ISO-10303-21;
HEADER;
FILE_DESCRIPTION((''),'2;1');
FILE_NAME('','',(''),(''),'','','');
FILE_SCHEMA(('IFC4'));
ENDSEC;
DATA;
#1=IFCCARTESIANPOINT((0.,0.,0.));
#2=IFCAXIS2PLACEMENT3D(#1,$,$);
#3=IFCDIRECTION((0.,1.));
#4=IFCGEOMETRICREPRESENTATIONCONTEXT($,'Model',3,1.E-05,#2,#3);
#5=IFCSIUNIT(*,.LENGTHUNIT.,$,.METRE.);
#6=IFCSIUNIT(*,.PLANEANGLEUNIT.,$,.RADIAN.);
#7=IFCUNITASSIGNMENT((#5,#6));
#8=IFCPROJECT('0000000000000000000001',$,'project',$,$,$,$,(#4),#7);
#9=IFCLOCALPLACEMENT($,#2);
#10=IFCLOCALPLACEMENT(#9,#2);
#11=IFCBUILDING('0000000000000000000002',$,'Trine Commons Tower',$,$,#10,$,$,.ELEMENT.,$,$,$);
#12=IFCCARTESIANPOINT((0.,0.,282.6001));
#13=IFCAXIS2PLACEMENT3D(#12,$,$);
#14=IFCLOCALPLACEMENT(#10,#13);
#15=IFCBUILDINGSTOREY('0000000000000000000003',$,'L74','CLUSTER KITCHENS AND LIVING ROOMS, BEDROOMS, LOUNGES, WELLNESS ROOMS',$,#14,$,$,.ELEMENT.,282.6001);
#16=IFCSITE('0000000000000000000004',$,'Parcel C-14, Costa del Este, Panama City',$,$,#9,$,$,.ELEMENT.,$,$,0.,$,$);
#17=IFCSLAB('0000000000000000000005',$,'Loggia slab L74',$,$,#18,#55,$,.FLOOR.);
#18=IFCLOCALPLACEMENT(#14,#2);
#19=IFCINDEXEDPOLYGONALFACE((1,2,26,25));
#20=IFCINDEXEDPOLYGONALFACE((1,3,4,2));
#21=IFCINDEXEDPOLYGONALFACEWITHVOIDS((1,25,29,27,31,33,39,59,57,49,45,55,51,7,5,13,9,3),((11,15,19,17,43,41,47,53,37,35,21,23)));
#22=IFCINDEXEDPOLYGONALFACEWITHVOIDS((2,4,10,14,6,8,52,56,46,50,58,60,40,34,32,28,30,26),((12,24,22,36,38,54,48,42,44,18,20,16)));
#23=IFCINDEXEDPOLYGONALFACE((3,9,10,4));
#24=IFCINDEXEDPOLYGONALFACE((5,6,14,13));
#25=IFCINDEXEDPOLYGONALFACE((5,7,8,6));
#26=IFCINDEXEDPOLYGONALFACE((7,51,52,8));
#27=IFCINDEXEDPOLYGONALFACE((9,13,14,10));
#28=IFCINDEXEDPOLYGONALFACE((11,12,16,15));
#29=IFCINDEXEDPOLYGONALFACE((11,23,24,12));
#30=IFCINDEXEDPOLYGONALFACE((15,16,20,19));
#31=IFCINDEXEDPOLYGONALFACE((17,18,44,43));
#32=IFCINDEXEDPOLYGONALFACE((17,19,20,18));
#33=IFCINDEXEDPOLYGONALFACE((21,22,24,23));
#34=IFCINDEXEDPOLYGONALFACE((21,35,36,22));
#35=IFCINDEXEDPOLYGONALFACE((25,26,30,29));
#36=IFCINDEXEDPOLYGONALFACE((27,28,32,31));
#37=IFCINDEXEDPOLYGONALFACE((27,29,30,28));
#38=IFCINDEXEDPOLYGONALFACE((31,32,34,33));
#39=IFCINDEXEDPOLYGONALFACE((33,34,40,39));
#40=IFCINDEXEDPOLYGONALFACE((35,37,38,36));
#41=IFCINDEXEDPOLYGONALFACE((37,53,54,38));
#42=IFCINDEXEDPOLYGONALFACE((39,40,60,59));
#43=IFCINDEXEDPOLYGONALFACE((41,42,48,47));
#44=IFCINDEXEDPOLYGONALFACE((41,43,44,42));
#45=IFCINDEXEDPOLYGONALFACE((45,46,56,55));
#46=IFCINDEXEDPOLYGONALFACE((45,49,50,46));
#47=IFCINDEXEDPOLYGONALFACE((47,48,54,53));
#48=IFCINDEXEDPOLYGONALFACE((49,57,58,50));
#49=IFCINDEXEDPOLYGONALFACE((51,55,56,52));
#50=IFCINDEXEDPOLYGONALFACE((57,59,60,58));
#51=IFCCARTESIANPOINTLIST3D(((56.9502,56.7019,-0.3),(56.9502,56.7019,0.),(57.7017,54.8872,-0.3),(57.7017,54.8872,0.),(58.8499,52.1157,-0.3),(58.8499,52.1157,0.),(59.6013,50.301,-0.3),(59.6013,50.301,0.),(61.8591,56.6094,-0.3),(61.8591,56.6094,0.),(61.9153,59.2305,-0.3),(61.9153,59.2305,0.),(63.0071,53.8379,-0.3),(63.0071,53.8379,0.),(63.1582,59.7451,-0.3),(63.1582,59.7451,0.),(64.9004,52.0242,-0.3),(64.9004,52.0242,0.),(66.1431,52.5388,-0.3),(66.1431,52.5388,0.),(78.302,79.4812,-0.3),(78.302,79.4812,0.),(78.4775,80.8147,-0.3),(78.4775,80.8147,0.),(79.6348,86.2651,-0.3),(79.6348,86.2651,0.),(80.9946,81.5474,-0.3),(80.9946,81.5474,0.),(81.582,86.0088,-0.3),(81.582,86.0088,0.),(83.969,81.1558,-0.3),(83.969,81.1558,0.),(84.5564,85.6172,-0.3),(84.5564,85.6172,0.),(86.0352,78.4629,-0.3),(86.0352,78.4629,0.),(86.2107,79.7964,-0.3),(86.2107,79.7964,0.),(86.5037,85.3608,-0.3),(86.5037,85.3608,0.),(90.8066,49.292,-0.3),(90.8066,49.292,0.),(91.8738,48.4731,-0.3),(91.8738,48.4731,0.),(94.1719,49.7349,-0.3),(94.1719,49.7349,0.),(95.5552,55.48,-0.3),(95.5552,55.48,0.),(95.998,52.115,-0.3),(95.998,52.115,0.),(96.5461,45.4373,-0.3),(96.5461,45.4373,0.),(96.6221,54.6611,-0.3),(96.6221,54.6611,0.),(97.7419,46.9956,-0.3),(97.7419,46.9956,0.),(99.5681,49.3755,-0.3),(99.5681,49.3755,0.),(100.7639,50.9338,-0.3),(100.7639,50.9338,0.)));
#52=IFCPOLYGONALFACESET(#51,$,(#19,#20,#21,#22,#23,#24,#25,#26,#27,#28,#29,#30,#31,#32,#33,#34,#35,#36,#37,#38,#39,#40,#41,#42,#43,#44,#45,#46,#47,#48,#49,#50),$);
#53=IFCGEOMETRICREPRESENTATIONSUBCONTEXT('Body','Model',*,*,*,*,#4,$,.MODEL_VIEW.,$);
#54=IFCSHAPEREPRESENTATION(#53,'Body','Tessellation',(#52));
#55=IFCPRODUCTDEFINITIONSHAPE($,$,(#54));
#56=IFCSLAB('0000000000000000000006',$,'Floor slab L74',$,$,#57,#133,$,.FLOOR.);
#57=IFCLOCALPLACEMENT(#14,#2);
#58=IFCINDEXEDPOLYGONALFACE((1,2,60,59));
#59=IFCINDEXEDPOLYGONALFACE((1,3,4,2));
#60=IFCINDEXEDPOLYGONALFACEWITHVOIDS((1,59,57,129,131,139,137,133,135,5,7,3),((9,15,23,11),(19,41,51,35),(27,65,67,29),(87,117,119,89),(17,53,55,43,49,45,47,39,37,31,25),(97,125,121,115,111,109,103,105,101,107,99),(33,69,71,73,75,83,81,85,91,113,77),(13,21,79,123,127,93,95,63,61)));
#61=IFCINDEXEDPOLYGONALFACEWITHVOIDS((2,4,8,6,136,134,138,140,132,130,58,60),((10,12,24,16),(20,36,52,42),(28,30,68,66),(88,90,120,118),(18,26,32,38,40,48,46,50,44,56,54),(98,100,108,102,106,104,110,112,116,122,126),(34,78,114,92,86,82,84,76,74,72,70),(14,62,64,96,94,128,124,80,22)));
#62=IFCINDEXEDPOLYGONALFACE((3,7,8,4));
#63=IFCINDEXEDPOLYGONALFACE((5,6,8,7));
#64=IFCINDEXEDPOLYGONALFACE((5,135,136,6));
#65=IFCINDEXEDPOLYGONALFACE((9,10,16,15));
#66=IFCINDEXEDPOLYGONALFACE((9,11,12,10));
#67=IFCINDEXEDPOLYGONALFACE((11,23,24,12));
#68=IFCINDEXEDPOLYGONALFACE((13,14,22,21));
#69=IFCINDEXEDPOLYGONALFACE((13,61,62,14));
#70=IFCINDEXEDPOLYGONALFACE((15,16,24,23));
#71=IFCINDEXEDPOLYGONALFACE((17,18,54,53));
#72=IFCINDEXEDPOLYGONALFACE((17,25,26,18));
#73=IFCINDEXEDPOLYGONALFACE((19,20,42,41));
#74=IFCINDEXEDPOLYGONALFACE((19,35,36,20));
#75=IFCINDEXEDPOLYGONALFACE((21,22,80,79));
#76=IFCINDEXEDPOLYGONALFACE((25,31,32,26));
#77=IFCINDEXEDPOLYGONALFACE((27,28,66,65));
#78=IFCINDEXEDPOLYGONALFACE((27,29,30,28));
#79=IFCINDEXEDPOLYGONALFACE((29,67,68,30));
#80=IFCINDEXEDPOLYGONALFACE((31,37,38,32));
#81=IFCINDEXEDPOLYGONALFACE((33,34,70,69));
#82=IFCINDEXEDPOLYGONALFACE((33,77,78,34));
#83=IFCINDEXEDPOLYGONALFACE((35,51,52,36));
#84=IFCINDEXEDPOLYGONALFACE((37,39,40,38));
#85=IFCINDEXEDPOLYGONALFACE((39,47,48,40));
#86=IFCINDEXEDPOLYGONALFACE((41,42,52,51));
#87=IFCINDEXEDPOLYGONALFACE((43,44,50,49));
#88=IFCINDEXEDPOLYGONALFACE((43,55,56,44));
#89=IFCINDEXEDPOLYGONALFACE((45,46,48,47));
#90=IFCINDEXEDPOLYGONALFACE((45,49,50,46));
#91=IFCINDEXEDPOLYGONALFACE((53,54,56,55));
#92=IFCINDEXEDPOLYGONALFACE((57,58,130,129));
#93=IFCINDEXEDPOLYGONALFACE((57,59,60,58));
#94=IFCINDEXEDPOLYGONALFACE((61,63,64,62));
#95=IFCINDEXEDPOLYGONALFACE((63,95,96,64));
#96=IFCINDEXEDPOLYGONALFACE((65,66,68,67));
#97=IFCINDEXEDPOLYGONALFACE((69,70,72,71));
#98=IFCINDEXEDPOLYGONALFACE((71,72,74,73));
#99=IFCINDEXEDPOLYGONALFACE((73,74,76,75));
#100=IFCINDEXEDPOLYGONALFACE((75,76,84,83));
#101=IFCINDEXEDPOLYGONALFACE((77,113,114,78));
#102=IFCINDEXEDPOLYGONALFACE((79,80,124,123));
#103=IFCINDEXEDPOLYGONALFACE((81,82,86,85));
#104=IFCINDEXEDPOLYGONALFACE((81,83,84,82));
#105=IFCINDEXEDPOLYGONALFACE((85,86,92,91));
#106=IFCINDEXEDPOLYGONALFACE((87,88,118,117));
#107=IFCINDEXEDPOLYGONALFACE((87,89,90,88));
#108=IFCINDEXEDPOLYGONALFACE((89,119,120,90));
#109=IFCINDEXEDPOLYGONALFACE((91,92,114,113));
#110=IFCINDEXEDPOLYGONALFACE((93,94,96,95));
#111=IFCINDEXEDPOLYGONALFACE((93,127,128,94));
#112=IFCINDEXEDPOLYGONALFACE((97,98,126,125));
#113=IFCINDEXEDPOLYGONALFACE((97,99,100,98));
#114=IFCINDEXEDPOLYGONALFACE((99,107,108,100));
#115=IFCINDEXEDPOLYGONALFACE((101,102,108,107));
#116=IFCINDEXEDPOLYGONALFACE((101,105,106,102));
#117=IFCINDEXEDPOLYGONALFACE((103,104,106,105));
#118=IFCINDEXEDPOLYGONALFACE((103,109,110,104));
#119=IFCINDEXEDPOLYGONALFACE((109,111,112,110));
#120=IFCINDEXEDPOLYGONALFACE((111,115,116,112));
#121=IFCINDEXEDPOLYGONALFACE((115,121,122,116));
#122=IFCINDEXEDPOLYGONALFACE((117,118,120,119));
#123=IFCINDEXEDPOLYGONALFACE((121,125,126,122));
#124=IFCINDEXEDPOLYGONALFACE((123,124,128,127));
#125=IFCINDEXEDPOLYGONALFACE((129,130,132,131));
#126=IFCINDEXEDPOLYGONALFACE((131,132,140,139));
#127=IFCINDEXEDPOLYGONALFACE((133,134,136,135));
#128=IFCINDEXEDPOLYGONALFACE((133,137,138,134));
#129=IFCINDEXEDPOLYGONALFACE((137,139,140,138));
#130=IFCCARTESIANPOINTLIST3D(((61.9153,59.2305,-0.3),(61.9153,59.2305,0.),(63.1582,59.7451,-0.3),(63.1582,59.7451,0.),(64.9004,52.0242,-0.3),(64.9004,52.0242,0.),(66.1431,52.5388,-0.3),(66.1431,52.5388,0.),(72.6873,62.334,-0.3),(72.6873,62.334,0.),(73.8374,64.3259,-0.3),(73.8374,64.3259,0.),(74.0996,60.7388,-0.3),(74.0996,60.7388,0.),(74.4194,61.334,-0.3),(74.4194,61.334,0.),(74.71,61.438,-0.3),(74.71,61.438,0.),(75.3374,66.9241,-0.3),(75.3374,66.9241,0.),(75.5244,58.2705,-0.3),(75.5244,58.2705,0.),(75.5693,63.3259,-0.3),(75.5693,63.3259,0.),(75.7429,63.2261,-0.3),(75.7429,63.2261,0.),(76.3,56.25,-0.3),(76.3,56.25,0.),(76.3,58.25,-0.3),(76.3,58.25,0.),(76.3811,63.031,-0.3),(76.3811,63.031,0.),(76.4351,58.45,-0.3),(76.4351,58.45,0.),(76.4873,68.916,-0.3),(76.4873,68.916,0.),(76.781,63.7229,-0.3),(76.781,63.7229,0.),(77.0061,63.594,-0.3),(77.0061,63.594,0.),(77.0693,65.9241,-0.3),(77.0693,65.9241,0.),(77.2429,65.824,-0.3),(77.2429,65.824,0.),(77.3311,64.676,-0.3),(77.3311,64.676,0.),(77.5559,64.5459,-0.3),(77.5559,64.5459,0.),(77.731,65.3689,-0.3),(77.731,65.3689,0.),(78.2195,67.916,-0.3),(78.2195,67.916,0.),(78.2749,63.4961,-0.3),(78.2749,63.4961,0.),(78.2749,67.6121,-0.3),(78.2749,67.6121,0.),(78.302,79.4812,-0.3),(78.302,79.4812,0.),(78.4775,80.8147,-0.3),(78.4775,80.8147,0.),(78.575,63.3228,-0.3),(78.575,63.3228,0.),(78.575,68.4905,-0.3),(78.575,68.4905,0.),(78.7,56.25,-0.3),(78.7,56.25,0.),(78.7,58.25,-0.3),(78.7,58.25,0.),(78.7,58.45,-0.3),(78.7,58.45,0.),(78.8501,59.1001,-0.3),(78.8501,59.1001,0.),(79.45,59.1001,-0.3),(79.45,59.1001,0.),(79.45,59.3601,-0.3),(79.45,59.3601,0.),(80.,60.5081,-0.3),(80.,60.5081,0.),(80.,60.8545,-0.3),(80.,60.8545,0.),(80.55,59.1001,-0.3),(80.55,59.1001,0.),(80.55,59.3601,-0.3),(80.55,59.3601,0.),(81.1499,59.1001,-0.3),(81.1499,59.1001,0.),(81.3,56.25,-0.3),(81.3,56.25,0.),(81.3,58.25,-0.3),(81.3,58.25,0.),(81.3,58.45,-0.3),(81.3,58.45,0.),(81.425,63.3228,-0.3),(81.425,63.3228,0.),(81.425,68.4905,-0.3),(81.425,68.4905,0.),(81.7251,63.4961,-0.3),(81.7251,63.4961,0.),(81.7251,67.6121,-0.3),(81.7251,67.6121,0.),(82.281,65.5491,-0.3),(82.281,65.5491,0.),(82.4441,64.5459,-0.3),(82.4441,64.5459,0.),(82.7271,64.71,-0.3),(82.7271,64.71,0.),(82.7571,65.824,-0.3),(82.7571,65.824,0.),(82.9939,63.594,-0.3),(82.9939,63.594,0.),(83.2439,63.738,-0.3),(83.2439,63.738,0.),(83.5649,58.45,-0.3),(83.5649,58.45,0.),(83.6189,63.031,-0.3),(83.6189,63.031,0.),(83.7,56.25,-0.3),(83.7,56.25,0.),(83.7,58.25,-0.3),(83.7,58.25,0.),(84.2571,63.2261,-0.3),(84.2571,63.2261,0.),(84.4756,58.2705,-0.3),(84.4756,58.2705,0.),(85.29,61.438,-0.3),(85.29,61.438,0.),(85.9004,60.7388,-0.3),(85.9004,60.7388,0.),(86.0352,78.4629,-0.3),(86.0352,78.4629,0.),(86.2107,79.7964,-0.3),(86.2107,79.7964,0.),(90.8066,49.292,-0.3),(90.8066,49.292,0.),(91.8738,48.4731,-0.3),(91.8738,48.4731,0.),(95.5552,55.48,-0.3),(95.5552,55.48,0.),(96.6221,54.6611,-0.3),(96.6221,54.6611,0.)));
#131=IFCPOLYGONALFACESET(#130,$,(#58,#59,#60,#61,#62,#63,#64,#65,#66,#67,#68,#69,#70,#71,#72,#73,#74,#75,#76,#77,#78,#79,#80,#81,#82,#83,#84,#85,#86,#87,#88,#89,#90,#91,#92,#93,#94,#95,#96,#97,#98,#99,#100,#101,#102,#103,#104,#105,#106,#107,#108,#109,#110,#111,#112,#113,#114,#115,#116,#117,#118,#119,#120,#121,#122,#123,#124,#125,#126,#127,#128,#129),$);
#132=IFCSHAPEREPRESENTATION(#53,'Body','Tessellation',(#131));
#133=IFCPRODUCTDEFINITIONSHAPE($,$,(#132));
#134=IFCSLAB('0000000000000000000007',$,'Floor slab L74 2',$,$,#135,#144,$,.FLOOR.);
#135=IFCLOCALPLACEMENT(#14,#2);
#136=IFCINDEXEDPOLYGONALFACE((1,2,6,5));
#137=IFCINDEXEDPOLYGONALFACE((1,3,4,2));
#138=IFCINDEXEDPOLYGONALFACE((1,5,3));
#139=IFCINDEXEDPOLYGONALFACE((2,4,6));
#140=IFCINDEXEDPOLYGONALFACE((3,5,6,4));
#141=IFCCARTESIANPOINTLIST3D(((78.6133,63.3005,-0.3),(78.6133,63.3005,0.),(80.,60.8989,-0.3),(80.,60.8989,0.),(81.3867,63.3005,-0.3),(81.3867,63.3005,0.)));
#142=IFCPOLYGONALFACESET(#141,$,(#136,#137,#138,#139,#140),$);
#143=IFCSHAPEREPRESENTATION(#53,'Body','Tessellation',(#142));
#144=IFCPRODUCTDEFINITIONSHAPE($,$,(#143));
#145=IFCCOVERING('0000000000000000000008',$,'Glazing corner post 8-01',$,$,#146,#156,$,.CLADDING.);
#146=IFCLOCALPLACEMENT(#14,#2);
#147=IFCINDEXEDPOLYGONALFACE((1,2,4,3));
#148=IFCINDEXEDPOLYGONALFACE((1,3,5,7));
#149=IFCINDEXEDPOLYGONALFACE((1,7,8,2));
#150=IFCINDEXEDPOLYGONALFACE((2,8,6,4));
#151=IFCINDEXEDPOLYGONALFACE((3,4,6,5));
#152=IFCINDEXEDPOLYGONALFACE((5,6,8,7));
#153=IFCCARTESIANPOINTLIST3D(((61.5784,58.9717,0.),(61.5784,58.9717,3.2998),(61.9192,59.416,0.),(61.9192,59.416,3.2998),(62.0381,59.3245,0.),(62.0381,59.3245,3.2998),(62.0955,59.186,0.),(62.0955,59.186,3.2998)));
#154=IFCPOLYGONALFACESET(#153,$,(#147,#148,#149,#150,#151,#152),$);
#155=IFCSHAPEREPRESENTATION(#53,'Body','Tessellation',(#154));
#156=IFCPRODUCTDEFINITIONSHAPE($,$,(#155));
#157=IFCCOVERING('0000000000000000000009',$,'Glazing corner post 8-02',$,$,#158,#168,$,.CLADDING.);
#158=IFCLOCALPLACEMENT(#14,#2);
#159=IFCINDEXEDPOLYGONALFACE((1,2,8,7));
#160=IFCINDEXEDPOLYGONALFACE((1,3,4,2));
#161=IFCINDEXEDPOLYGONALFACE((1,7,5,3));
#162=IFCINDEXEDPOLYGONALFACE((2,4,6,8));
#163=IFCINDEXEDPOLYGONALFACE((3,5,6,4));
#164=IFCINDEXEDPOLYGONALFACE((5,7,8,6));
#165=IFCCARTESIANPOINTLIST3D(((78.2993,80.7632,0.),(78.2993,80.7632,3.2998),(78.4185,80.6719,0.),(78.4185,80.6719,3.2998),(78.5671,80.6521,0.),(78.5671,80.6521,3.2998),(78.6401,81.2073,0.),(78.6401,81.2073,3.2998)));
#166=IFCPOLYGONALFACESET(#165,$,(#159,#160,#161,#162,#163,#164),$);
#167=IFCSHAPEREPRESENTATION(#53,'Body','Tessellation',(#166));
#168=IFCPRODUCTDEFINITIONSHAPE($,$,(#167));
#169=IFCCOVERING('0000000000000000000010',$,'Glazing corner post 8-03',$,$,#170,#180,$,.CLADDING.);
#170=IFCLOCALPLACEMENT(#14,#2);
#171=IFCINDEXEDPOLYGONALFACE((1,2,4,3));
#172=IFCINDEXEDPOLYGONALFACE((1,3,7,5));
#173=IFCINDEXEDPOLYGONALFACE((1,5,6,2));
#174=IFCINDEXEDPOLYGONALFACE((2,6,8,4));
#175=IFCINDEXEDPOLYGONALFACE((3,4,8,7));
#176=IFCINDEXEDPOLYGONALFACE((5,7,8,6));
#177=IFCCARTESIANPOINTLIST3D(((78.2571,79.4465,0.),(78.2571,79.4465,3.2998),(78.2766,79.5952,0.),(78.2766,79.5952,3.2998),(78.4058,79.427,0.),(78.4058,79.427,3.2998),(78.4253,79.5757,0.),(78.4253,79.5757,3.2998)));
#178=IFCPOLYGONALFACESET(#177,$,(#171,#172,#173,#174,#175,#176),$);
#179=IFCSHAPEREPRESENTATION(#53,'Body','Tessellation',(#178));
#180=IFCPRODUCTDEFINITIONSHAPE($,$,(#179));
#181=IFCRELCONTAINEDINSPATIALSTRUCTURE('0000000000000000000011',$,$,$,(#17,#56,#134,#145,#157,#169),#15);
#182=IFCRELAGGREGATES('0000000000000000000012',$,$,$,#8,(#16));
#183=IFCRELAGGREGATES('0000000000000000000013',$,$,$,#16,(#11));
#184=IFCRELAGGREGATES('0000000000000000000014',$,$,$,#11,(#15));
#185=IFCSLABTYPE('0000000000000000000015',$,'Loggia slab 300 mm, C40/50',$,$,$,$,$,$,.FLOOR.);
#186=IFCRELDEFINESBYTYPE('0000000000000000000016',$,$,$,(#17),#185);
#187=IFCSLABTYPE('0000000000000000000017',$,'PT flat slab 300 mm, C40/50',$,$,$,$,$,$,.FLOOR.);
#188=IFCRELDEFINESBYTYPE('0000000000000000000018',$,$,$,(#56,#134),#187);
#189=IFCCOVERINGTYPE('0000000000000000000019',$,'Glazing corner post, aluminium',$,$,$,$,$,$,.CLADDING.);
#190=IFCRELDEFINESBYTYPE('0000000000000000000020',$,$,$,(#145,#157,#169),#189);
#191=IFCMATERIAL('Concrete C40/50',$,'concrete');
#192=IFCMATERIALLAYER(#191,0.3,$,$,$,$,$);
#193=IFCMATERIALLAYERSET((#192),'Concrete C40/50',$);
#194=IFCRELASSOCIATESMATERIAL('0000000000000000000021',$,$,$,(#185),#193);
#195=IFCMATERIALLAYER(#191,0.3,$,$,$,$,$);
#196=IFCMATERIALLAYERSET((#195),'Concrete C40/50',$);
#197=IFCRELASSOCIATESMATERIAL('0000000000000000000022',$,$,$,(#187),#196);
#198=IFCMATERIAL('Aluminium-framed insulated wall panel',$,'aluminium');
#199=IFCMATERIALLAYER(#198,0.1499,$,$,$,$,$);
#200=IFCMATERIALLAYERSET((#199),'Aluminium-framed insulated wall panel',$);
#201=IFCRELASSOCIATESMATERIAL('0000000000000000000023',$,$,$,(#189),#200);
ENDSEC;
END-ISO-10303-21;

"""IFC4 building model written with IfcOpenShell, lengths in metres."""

from ifc_helpers import new_model, si_unit, direction, frame, origin, place, context, subcontext, project, spatial, polyline, outline, extrude, material, layer, layer_set, type_object, element, save


model = new_model("IFC4")

# Units and contexts
model_context = context("Model", 3, precision=1e-05, world=origin(), true_north=direction((0.0, 1.0)))
body_context = subcontext(model_context, "Body", "Model", "MODEL_VIEW")
ifc_project = project(units=[si_unit("LENGTHUNIT", "METRE"), si_unit("PLANEANGLEUNIT", "RADIAN")], contexts=[model_context])

# Site, building, storey
site_placement = place(None, origin())
site = spatial("IfcSite", under=ifc_project, at=site_placement, Name="Parcel C-14, Costa del Este, Panama City", CompositionType="ELEMENT", RefElevation=0.0)
building_placement = place(site_placement, origin())
building = spatial("IfcBuilding", under=site, at=building_placement, Name="Trine Commons Tower", CompositionType="ELEMENT")
storey_placement = place(building_placement, frame((0.0, 0.0, 282.6001)))
storey = spatial("IfcBuildingStorey", under=building, at=storey_placement, Name="L74", Description="CLUSTER KITCHENS AND LIVING ROOMS, BEDROOMS, LOUNGES, WELLNESS ROOMS", CompositionType="ELEMENT", Elevation=282.6001)

# Slabs
ifc_material_1 = material(Name="Concrete C40/50", Category="concrete")
ifc_layer_1 = layer(ifc_material_1, 0.3)
ifc_layer_set_1 = layer_set([ifc_layer_1], Name="Concrete C40/50")
slab_type_1 = type_object("IfcSlabType", Name="Loggia slab 300 mm, C40/50", PredefinedType="FLOOR", material=ifc_layer_set_1)
slab_1_placement = place(storey_placement, frame((0.0, 0.0, -0.3)))
element("IfcSlab", 1, at=slab_1_placement, inside=storey, type_object=slab_type_1, Name="Loggia slab L74", PredefinedType="FLOOR", context=body_context, shape_type="SweptSolid", body=[
    extrude(outline(polyline([(100.7639, 50.9338), (86.5037, 85.3608), (84.5564, 85.6172), (83.969, 81.1558), (80.9946, 81.5474), (81.582, 86.0088), (79.6348, 86.2651), (56.9502, 56.7019), (57.7017, 54.8872), (61.8591, 56.6094), (63.0071, 53.8379), (58.8499, 52.1157), (59.6013, 50.301), (96.5461, 45.4373), (97.7419, 46.9956), (94.1719, 49.7349), (95.998, 52.115), (99.5681, 49.3755), (100.7639, 50.9338)]), holes=[polyline([(63.1582, 59.7451), (66.1431, 52.5388), (64.9004, 52.0242), (91.8738, 48.4731), (90.8066, 49.292), (95.5552, 55.48), (96.6221, 54.6611), (86.2107, 79.7964), (86.0352, 78.4629), (78.302, 79.4812), (78.4775, 80.8147), (61.9153, 59.2305), (63.1582, 59.7451)])]), origin(), (0.0, 0.0, 1.0), 0.3),
])
ifc_layer_2 = layer(ifc_material_1, 0.3)
ifc_layer_set_2 = layer_set([ifc_layer_2], Name="Concrete C40/50")
slab_type_2 = type_object("IfcSlabType", Name="PT flat slab 300 mm, C40/50", PredefinedType="FLOOR", material=ifc_layer_set_2)
slab_2_placement = place(storey_placement, frame((0.0, 0.0, -0.3)))
element("IfcSlab", 2, at=slab_2_placement, inside=storey, type_object=slab_type_2, Name="Floor slab L74", PredefinedType="FLOOR", context=body_context, shape_type="SweptSolid", body=[
    extrude(outline(polyline([(61.9153, 59.2305), (63.1582, 59.7451), (66.1431, 52.5388), (64.9004, 52.0242), (91.8738, 48.4731), (90.8066, 49.292), (95.5552, 55.48), (96.6221, 54.6611), (86.2107, 79.7964), (86.0352, 78.4629), (78.302, 79.4812), (78.4775, 80.8147), (61.9153, 59.2305)]), holes=[polyline([(78.7, 56.25), (78.7, 58.25), (76.3, 58.25), (76.3, 56.25), (78.7, 56.25)]), polyline([(83.7, 56.25), (83.7, 58.25), (81.3, 58.25), (81.3, 56.25), (83.7, 56.25)]), polyline([(81.3, 58.45), (83.5649, 58.45), (80.0, 60.5081), (76.4351, 58.45), (78.7, 58.45), (78.8501, 59.1001), (79.45, 59.1001), (79.45, 59.3601), (80.55, 59.3601), (80.55, 59.1001), (81.1499, 59.1001), (81.3, 58.45)]), polyline([(81.425, 63.3228), (81.425, 68.4905), (78.575, 68.4905), (78.575, 63.3228), (74.0996, 60.7388), (75.5244, 58.2705), (80.0, 60.8545), (84.4756, 58.2705), (85.9004, 60.7388), (81.425, 63.3228)]), polyline([(72.6873, 62.334), (74.4194, 61.334), (75.5693, 63.3259), (73.8374, 64.3259), (72.6873, 62.334)]), polyline([(76.3811, 63.031), (75.7429, 63.2261), (74.71, 61.438), (78.2749, 63.4961), (78.2749, 67.6121), (77.2429, 65.824), (77.731, 65.3689), (77.3311, 64.676), (77.5559, 64.5459), (77.0061, 63.594), (76.781, 63.7229), (76.3811, 63.031)]), polyline([(82.9939, 63.594), (82.4441, 64.5459), (82.7271, 64.71), (82.281, 65.5491), (82.7571, 65.824), (81.7251, 67.6121), (81.7251, 63.4961), (85.29, 61.438), (84.2571, 63.2261), (83.6189, 63.031), (83.2439, 63.738), (82.9939, 63.594)]), polyline([(76.4873, 68.916), (75.3374, 66.9241), (77.0693, 65.9241), (78.2195, 67.916), (76.4873, 68.916)])]), origin(), (0.0, 0.0, 1.0), 0.3),
])
slab_3_placement = place(storey_placement, frame((0.0, 0.0, -0.3)))
element("IfcSlab", 3, at=slab_3_placement, inside=storey, type_object=slab_type_2, Name="Floor slab L74 2", PredefinedType="FLOOR", context=body_context, shape_type="SweptSolid", body=[
    extrude(outline(polyline([(81.3867, 63.3005), (78.6133, 63.3005), (80.0, 60.8989), (81.3867, 63.3005)])), origin(), (0.0, 0.0, 1.0), 0.3),
])

# Coverings
ifc_material_2 = material(Name="Aluminium-framed insulated wall panel", Category="aluminium")
ifc_layer_3 = layer(ifc_material_2, 0.1499)
ifc_layer_set_3 = layer_set([ifc_layer_3], Name="Aluminium-framed insulated wall panel")
covering_type_1 = type_object("IfcCoveringType", Name="Glazing corner post, aluminium", PredefinedType="CLADDING", material=ifc_layer_set_3)
covering_1_placement = place(storey_placement, origin())
element("IfcCovering", 4, at=covering_1_placement, inside=storey, type_object=covering_type_1, Name="Glazing corner post 8-01", PredefinedType="CLADDING", context=body_context, shape_type="SweptSolid", body=[
    extrude(outline(polyline([(62.0381, 59.3245), (61.9192, 59.416), (61.5784, 58.9717), (62.0955, 59.186), (62.0381, 59.3245), (62.0381, 59.3245)])), origin(), (0.0, 0.0, 1.0), 3.2998),
])
covering_2_placement = place(storey_placement, origin())
element("IfcCovering", 5, at=covering_2_placement, inside=storey, type_object=covering_type_1, Name="Glazing corner post 8-02", PredefinedType="CLADDING", context=body_context, shape_type="SweptSolid", body=[
    extrude(outline(polyline([(78.4185, 80.6719), (78.5671, 80.6521), (78.6401, 81.2073), (78.2993, 80.7632), (78.4185, 80.6719), (78.4185, 80.6719)])), origin(), (0.0, 0.0, 1.0), 3.2998),
])
covering_3_placement = place(storey_placement, origin())
element("IfcCovering", 6, at=covering_3_placement, inside=storey, type_object=covering_type_1, Name="Glazing corner post 8-03", PredefinedType="CLADDING", context=body_context, shape_type="SweptSolid", body=[
    extrude(outline(polyline([(78.4058, 79.427), (78.4253, 79.5757), (78.2766, 79.5952), (78.2571, 79.4465), (78.4058, 79.427)])), origin(), (0.0, 0.0, 1.0), 3.2998),
])

save(model, "model.ifc")
